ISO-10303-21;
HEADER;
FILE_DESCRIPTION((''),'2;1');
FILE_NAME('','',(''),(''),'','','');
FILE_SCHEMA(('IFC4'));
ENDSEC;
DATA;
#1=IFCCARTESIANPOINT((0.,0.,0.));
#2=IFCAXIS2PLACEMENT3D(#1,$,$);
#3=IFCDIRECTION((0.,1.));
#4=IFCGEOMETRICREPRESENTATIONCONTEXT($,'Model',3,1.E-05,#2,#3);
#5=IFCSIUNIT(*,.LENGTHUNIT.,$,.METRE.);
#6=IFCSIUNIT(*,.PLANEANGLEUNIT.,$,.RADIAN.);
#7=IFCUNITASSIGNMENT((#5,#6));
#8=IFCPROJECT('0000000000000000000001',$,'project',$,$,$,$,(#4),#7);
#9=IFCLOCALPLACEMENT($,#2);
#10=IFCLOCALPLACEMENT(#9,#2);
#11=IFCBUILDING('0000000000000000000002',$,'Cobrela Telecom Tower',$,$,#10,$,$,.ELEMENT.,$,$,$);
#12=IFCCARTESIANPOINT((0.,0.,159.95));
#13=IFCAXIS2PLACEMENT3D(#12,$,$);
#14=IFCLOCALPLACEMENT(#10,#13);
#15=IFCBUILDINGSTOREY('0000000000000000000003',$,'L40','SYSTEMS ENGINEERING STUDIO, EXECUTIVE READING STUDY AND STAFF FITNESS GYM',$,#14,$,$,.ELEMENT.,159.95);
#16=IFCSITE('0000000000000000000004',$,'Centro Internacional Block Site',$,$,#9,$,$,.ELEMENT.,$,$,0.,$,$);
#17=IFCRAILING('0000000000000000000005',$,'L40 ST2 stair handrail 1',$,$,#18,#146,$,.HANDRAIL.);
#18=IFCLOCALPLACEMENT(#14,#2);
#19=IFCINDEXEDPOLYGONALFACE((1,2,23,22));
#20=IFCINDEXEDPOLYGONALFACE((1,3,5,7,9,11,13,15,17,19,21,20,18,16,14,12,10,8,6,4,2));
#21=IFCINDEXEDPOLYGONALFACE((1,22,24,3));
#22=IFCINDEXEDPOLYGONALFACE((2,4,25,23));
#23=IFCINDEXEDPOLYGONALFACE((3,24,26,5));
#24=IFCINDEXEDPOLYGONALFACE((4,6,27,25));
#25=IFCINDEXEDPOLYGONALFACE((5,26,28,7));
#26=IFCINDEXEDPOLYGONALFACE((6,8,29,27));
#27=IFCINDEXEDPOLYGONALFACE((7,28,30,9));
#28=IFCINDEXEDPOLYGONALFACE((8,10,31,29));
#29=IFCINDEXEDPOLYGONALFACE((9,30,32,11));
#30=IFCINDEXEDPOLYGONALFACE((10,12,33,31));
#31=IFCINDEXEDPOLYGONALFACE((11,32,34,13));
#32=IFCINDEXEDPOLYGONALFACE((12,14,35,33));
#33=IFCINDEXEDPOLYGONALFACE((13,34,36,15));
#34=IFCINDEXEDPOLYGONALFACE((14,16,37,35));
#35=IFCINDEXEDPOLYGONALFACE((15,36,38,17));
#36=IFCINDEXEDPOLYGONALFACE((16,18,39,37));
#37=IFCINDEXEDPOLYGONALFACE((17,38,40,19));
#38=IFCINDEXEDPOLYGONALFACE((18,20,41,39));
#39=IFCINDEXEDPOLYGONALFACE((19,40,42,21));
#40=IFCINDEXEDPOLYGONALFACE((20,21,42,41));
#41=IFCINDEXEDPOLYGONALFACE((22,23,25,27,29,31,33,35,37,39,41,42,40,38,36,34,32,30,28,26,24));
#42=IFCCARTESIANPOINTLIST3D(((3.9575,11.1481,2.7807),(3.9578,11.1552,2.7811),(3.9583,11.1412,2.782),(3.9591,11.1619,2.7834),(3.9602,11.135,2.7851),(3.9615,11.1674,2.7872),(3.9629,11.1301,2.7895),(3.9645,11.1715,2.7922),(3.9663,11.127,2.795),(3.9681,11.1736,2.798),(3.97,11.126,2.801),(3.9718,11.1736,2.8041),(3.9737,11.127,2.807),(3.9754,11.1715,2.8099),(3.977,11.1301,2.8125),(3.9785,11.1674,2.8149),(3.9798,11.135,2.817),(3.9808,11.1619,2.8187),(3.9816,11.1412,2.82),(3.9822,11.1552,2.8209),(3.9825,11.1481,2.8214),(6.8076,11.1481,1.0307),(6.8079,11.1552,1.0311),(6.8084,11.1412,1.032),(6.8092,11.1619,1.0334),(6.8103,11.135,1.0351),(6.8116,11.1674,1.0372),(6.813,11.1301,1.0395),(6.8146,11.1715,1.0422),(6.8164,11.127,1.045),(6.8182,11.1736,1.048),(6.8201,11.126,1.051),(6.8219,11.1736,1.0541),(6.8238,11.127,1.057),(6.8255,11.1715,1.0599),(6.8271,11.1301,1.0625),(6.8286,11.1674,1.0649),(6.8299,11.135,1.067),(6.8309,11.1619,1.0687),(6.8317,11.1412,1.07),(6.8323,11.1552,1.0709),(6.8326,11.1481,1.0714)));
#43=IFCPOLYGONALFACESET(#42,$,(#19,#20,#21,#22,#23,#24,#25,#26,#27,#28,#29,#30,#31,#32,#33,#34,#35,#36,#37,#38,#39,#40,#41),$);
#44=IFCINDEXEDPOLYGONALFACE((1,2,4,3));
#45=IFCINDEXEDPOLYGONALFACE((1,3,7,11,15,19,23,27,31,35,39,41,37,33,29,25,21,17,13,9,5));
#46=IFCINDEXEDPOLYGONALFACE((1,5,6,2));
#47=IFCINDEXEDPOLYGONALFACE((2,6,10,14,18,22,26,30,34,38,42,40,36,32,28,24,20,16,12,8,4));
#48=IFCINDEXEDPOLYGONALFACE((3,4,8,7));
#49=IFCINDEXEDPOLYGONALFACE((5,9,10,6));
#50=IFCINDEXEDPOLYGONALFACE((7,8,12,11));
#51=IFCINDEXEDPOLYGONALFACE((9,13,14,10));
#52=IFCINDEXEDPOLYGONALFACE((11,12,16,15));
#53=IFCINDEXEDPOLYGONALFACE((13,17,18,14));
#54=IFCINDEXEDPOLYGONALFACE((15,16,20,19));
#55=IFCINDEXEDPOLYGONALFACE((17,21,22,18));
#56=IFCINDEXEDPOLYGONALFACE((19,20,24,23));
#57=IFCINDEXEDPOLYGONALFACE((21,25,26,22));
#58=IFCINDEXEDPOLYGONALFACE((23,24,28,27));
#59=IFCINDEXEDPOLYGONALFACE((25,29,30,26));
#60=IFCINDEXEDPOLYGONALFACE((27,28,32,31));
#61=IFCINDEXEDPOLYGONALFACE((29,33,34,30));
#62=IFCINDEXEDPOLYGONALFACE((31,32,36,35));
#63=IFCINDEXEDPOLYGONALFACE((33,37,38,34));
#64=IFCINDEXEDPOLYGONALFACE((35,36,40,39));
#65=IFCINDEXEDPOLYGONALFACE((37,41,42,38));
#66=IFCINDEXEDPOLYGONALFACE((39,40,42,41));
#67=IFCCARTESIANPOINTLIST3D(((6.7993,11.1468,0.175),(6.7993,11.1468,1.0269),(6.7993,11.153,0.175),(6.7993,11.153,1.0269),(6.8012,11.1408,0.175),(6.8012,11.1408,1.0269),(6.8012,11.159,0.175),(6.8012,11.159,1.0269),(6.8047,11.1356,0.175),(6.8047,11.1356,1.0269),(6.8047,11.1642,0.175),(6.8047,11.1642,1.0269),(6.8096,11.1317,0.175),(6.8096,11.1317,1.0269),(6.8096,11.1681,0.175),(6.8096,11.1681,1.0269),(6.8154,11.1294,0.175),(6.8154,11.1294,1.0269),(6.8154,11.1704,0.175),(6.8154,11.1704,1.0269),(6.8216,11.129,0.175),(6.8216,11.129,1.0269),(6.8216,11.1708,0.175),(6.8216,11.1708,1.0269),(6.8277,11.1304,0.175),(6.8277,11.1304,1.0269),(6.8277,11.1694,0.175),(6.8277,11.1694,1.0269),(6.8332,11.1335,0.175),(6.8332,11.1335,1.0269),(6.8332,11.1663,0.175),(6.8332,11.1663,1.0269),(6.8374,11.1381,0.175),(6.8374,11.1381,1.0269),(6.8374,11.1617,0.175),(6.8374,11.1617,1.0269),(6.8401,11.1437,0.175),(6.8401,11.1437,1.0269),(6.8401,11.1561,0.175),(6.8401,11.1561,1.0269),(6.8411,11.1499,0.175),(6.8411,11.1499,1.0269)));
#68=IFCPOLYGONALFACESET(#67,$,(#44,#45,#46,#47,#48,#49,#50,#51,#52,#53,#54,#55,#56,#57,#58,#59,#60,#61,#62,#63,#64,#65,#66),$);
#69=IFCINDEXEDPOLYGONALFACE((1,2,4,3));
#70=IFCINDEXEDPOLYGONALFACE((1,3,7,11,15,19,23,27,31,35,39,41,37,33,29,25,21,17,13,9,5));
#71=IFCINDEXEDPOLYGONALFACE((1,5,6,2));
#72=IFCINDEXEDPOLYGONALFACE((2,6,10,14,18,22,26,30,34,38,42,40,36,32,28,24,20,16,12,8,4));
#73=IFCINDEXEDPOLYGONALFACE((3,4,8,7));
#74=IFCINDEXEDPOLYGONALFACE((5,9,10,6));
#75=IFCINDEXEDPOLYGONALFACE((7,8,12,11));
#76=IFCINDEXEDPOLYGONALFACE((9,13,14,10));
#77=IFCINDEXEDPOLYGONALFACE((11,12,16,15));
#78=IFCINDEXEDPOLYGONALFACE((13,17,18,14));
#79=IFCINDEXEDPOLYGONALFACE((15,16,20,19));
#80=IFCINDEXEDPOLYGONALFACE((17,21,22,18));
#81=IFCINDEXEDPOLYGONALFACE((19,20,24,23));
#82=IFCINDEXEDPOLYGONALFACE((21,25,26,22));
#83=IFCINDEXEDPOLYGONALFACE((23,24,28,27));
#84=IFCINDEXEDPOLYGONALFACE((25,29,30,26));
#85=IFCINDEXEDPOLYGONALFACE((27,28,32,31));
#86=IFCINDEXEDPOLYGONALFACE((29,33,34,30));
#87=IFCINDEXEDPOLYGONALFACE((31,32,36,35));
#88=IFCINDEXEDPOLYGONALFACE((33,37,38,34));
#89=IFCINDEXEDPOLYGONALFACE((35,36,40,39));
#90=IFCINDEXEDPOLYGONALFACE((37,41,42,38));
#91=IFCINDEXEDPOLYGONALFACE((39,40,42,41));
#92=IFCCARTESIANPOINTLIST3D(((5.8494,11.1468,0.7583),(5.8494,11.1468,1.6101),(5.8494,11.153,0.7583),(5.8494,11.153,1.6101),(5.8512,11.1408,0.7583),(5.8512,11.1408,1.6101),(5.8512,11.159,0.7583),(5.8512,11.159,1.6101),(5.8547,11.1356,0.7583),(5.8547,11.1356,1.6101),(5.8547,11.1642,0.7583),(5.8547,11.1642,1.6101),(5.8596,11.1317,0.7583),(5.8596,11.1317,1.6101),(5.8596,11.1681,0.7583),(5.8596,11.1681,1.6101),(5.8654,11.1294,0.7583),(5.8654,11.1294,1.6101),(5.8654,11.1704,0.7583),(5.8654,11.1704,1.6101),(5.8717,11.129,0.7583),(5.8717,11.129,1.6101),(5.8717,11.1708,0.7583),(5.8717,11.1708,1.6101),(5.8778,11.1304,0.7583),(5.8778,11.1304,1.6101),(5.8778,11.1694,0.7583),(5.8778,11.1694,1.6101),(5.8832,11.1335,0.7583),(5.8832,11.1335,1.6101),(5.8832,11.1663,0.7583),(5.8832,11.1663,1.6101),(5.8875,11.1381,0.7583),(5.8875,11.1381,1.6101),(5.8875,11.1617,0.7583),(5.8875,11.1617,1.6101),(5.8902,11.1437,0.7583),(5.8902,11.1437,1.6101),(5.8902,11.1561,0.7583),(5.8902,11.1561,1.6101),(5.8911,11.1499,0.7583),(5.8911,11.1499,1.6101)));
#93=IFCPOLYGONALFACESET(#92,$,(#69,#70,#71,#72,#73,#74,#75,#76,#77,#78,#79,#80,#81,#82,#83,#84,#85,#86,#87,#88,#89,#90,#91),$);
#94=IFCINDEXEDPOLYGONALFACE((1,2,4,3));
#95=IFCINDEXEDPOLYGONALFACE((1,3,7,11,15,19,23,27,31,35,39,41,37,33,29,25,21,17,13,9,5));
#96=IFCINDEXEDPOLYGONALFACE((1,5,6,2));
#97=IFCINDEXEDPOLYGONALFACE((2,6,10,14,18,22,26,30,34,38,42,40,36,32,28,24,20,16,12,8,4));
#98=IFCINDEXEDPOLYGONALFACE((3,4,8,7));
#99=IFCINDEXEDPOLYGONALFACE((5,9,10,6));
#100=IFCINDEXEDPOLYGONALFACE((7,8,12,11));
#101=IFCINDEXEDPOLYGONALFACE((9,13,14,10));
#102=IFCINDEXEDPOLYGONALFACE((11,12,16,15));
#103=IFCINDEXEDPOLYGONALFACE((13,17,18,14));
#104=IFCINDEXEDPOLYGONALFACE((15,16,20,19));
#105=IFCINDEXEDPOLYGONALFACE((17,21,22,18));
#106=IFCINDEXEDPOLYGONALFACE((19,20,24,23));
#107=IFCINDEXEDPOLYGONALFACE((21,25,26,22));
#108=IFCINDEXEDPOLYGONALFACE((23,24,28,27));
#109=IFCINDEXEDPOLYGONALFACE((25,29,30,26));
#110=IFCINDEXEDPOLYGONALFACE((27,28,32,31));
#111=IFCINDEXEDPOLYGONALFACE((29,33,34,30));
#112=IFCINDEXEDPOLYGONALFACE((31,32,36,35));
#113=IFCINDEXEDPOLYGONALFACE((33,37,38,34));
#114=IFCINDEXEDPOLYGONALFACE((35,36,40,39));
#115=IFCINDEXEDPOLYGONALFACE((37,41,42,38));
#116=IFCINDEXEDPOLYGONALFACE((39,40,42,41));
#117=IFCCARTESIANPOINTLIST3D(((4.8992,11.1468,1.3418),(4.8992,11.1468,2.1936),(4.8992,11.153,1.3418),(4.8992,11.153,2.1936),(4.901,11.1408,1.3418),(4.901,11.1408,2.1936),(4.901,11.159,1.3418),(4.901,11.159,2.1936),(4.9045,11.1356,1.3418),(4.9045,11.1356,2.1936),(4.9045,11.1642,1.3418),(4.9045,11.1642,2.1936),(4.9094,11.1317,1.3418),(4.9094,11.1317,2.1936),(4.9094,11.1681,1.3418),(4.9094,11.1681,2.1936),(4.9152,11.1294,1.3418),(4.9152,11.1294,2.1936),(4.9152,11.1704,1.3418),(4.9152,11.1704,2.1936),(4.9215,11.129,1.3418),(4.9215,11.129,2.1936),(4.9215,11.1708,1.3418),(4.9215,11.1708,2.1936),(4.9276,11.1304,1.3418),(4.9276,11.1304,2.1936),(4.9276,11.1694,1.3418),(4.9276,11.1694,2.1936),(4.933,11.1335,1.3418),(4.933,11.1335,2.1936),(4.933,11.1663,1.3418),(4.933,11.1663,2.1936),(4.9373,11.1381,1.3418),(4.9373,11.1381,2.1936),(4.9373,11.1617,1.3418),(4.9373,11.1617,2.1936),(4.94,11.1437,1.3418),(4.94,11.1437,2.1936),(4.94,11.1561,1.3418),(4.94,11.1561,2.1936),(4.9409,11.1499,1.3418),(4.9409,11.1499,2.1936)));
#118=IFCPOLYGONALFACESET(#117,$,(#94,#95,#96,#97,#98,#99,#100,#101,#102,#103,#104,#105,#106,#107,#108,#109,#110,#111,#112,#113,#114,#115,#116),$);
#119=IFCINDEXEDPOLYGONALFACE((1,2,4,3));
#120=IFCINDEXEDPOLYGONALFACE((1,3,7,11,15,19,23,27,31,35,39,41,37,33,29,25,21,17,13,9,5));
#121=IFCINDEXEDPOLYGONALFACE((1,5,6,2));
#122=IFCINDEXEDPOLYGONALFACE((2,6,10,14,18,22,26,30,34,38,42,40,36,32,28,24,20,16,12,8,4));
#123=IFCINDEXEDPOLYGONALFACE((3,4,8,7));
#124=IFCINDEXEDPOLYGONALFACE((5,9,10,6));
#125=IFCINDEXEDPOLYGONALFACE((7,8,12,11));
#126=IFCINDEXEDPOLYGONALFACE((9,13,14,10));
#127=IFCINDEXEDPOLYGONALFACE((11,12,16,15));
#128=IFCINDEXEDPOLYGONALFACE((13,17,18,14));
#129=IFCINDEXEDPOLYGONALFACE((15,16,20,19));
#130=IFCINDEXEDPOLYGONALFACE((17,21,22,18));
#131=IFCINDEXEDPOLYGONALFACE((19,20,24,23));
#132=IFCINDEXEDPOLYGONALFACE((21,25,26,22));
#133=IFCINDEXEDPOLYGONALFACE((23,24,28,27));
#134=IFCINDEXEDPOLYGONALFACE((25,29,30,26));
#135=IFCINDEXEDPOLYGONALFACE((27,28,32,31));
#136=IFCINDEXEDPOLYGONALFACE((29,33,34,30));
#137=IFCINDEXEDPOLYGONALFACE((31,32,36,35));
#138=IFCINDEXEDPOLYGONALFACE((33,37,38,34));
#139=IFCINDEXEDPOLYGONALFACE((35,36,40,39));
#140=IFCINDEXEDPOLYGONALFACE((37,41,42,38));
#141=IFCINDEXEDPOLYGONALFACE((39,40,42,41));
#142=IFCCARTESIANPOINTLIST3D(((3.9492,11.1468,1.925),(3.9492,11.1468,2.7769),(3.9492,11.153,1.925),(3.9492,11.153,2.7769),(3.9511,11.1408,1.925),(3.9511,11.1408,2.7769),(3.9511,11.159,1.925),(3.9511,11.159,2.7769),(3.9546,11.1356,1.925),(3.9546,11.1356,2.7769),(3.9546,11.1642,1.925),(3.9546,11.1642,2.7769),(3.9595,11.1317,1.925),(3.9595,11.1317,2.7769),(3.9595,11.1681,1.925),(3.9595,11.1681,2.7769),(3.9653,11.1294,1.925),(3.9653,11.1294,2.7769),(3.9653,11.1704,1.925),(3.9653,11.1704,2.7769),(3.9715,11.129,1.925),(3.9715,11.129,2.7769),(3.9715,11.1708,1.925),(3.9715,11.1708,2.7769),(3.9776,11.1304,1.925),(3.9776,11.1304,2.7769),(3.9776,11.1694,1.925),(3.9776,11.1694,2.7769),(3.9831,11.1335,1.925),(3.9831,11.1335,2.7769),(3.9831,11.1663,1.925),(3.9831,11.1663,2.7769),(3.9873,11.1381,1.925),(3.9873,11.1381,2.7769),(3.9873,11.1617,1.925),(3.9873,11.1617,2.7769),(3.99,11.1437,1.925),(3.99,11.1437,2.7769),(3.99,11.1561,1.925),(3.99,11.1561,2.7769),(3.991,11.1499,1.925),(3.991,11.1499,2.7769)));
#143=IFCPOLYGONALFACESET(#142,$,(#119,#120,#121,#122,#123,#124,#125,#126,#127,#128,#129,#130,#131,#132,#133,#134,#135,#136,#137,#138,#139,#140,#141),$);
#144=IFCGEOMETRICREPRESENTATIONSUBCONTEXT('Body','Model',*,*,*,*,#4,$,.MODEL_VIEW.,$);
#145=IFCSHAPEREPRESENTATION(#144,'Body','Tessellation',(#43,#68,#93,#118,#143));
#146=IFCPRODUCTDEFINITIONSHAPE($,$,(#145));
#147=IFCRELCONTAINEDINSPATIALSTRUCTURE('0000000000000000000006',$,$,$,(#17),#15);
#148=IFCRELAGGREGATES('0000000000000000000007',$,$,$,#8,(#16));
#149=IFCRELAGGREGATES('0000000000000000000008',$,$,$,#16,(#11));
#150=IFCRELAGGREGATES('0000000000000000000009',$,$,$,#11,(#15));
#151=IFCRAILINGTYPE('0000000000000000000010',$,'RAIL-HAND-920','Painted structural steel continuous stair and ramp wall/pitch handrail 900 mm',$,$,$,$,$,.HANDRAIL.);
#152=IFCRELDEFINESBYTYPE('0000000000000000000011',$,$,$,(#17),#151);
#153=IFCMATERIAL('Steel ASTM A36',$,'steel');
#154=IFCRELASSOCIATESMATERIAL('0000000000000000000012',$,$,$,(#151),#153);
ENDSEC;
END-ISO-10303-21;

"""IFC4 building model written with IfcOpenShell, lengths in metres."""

from ifc_helpers import new_model, si_unit, direction, frame, origin, origin_2d, place, context, subcontext, project, spatial, circle, extrude, material, type_object, element, save


model = new_model("IFC4")

# Units and contexts
model_context = context("Model", 3, precision=1e-05, world=origin(), true_north=direction((0.0, 1.0)))
body_context = subcontext(model_context, "Body", "Model", "MODEL_VIEW")
ifc_project = project(units=[si_unit("LENGTHUNIT", "METRE"), si_unit("PLANEANGLEUNIT", "RADIAN")], contexts=[model_context])

# Site, building, storey
site_placement = place(None, origin())
site = spatial("IfcSite", under=ifc_project, at=site_placement, Name="Centro Internacional Block Site", CompositionType="ELEMENT", RefElevation=0.0)
building_placement = place(site_placement, origin())
building = spatial("IfcBuilding", under=site, at=building_placement, Name="Cobrela Telecom Tower", CompositionType="ELEMENT")
storey_placement = place(building_placement, frame((0.0, 0.0, 159.95)))
storey = spatial("IfcBuildingStorey", under=building, at=storey_placement, Name="L40", Description="SYSTEMS ENGINEERING STUDIO, EXECUTIVE READING STUDY AND STAFF FITNESS GYM", CompositionType="ELEMENT", Elevation=159.95)

# Shared definitions
ifc_material_1 = material(Name="Steel ASTM A36", Category="steel")

# Railing
railing_type_1 = type_object("IfcRailingType", Name="RAIL-HAND-920", Description="Painted structural steel continuous stair and ramp wall/pitch handrail 900 mm", PredefinedType="HANDRAIL", material=ifc_material_1)
railing_1_placement = place(storey_placement, frame((6.8201, 11.1499, 0.175)))
element("IfcRailing", 1, at=railing_1_placement, inside=storey, type_object=railing_type_1, Name="L40 ST2 stair handrail 1", PredefinedType="HANDRAIL", context=body_context, shape_type="SweptSolid", body=[
    extrude(circle(Radius=0.0239, at=origin_2d()), frame((0.0, 0.0, 0.876), z_axis=(-0.852179, 0.0, 0.52325), x_axis=(0.0, -1.0, 0.0)), (0.0, 0.0, 1.0), 3.3445),
    extrude(circle(Radius=0.021, at=origin_2d()), origin(), (0.0, 0.0, 1.0), 0.8518),
    extrude(circle(Radius=0.021, at=origin_2d()), frame((-0.95, 0.0, 0.5833)), (0.0, 0.0, 1.0), 0.8518),
    extrude(circle(Radius=0.021, at=origin_2d()), frame((-1.9001, 0.0, 1.1667)), (0.0, 0.0, 1.0), 0.8518),
    extrude(circle(Radius=0.021, at=origin_2d()), frame((-2.8501, 0.0, 1.75)), (0.0, 0.0, 1.0), 0.8518),
])

save(model, "model.ifc")
